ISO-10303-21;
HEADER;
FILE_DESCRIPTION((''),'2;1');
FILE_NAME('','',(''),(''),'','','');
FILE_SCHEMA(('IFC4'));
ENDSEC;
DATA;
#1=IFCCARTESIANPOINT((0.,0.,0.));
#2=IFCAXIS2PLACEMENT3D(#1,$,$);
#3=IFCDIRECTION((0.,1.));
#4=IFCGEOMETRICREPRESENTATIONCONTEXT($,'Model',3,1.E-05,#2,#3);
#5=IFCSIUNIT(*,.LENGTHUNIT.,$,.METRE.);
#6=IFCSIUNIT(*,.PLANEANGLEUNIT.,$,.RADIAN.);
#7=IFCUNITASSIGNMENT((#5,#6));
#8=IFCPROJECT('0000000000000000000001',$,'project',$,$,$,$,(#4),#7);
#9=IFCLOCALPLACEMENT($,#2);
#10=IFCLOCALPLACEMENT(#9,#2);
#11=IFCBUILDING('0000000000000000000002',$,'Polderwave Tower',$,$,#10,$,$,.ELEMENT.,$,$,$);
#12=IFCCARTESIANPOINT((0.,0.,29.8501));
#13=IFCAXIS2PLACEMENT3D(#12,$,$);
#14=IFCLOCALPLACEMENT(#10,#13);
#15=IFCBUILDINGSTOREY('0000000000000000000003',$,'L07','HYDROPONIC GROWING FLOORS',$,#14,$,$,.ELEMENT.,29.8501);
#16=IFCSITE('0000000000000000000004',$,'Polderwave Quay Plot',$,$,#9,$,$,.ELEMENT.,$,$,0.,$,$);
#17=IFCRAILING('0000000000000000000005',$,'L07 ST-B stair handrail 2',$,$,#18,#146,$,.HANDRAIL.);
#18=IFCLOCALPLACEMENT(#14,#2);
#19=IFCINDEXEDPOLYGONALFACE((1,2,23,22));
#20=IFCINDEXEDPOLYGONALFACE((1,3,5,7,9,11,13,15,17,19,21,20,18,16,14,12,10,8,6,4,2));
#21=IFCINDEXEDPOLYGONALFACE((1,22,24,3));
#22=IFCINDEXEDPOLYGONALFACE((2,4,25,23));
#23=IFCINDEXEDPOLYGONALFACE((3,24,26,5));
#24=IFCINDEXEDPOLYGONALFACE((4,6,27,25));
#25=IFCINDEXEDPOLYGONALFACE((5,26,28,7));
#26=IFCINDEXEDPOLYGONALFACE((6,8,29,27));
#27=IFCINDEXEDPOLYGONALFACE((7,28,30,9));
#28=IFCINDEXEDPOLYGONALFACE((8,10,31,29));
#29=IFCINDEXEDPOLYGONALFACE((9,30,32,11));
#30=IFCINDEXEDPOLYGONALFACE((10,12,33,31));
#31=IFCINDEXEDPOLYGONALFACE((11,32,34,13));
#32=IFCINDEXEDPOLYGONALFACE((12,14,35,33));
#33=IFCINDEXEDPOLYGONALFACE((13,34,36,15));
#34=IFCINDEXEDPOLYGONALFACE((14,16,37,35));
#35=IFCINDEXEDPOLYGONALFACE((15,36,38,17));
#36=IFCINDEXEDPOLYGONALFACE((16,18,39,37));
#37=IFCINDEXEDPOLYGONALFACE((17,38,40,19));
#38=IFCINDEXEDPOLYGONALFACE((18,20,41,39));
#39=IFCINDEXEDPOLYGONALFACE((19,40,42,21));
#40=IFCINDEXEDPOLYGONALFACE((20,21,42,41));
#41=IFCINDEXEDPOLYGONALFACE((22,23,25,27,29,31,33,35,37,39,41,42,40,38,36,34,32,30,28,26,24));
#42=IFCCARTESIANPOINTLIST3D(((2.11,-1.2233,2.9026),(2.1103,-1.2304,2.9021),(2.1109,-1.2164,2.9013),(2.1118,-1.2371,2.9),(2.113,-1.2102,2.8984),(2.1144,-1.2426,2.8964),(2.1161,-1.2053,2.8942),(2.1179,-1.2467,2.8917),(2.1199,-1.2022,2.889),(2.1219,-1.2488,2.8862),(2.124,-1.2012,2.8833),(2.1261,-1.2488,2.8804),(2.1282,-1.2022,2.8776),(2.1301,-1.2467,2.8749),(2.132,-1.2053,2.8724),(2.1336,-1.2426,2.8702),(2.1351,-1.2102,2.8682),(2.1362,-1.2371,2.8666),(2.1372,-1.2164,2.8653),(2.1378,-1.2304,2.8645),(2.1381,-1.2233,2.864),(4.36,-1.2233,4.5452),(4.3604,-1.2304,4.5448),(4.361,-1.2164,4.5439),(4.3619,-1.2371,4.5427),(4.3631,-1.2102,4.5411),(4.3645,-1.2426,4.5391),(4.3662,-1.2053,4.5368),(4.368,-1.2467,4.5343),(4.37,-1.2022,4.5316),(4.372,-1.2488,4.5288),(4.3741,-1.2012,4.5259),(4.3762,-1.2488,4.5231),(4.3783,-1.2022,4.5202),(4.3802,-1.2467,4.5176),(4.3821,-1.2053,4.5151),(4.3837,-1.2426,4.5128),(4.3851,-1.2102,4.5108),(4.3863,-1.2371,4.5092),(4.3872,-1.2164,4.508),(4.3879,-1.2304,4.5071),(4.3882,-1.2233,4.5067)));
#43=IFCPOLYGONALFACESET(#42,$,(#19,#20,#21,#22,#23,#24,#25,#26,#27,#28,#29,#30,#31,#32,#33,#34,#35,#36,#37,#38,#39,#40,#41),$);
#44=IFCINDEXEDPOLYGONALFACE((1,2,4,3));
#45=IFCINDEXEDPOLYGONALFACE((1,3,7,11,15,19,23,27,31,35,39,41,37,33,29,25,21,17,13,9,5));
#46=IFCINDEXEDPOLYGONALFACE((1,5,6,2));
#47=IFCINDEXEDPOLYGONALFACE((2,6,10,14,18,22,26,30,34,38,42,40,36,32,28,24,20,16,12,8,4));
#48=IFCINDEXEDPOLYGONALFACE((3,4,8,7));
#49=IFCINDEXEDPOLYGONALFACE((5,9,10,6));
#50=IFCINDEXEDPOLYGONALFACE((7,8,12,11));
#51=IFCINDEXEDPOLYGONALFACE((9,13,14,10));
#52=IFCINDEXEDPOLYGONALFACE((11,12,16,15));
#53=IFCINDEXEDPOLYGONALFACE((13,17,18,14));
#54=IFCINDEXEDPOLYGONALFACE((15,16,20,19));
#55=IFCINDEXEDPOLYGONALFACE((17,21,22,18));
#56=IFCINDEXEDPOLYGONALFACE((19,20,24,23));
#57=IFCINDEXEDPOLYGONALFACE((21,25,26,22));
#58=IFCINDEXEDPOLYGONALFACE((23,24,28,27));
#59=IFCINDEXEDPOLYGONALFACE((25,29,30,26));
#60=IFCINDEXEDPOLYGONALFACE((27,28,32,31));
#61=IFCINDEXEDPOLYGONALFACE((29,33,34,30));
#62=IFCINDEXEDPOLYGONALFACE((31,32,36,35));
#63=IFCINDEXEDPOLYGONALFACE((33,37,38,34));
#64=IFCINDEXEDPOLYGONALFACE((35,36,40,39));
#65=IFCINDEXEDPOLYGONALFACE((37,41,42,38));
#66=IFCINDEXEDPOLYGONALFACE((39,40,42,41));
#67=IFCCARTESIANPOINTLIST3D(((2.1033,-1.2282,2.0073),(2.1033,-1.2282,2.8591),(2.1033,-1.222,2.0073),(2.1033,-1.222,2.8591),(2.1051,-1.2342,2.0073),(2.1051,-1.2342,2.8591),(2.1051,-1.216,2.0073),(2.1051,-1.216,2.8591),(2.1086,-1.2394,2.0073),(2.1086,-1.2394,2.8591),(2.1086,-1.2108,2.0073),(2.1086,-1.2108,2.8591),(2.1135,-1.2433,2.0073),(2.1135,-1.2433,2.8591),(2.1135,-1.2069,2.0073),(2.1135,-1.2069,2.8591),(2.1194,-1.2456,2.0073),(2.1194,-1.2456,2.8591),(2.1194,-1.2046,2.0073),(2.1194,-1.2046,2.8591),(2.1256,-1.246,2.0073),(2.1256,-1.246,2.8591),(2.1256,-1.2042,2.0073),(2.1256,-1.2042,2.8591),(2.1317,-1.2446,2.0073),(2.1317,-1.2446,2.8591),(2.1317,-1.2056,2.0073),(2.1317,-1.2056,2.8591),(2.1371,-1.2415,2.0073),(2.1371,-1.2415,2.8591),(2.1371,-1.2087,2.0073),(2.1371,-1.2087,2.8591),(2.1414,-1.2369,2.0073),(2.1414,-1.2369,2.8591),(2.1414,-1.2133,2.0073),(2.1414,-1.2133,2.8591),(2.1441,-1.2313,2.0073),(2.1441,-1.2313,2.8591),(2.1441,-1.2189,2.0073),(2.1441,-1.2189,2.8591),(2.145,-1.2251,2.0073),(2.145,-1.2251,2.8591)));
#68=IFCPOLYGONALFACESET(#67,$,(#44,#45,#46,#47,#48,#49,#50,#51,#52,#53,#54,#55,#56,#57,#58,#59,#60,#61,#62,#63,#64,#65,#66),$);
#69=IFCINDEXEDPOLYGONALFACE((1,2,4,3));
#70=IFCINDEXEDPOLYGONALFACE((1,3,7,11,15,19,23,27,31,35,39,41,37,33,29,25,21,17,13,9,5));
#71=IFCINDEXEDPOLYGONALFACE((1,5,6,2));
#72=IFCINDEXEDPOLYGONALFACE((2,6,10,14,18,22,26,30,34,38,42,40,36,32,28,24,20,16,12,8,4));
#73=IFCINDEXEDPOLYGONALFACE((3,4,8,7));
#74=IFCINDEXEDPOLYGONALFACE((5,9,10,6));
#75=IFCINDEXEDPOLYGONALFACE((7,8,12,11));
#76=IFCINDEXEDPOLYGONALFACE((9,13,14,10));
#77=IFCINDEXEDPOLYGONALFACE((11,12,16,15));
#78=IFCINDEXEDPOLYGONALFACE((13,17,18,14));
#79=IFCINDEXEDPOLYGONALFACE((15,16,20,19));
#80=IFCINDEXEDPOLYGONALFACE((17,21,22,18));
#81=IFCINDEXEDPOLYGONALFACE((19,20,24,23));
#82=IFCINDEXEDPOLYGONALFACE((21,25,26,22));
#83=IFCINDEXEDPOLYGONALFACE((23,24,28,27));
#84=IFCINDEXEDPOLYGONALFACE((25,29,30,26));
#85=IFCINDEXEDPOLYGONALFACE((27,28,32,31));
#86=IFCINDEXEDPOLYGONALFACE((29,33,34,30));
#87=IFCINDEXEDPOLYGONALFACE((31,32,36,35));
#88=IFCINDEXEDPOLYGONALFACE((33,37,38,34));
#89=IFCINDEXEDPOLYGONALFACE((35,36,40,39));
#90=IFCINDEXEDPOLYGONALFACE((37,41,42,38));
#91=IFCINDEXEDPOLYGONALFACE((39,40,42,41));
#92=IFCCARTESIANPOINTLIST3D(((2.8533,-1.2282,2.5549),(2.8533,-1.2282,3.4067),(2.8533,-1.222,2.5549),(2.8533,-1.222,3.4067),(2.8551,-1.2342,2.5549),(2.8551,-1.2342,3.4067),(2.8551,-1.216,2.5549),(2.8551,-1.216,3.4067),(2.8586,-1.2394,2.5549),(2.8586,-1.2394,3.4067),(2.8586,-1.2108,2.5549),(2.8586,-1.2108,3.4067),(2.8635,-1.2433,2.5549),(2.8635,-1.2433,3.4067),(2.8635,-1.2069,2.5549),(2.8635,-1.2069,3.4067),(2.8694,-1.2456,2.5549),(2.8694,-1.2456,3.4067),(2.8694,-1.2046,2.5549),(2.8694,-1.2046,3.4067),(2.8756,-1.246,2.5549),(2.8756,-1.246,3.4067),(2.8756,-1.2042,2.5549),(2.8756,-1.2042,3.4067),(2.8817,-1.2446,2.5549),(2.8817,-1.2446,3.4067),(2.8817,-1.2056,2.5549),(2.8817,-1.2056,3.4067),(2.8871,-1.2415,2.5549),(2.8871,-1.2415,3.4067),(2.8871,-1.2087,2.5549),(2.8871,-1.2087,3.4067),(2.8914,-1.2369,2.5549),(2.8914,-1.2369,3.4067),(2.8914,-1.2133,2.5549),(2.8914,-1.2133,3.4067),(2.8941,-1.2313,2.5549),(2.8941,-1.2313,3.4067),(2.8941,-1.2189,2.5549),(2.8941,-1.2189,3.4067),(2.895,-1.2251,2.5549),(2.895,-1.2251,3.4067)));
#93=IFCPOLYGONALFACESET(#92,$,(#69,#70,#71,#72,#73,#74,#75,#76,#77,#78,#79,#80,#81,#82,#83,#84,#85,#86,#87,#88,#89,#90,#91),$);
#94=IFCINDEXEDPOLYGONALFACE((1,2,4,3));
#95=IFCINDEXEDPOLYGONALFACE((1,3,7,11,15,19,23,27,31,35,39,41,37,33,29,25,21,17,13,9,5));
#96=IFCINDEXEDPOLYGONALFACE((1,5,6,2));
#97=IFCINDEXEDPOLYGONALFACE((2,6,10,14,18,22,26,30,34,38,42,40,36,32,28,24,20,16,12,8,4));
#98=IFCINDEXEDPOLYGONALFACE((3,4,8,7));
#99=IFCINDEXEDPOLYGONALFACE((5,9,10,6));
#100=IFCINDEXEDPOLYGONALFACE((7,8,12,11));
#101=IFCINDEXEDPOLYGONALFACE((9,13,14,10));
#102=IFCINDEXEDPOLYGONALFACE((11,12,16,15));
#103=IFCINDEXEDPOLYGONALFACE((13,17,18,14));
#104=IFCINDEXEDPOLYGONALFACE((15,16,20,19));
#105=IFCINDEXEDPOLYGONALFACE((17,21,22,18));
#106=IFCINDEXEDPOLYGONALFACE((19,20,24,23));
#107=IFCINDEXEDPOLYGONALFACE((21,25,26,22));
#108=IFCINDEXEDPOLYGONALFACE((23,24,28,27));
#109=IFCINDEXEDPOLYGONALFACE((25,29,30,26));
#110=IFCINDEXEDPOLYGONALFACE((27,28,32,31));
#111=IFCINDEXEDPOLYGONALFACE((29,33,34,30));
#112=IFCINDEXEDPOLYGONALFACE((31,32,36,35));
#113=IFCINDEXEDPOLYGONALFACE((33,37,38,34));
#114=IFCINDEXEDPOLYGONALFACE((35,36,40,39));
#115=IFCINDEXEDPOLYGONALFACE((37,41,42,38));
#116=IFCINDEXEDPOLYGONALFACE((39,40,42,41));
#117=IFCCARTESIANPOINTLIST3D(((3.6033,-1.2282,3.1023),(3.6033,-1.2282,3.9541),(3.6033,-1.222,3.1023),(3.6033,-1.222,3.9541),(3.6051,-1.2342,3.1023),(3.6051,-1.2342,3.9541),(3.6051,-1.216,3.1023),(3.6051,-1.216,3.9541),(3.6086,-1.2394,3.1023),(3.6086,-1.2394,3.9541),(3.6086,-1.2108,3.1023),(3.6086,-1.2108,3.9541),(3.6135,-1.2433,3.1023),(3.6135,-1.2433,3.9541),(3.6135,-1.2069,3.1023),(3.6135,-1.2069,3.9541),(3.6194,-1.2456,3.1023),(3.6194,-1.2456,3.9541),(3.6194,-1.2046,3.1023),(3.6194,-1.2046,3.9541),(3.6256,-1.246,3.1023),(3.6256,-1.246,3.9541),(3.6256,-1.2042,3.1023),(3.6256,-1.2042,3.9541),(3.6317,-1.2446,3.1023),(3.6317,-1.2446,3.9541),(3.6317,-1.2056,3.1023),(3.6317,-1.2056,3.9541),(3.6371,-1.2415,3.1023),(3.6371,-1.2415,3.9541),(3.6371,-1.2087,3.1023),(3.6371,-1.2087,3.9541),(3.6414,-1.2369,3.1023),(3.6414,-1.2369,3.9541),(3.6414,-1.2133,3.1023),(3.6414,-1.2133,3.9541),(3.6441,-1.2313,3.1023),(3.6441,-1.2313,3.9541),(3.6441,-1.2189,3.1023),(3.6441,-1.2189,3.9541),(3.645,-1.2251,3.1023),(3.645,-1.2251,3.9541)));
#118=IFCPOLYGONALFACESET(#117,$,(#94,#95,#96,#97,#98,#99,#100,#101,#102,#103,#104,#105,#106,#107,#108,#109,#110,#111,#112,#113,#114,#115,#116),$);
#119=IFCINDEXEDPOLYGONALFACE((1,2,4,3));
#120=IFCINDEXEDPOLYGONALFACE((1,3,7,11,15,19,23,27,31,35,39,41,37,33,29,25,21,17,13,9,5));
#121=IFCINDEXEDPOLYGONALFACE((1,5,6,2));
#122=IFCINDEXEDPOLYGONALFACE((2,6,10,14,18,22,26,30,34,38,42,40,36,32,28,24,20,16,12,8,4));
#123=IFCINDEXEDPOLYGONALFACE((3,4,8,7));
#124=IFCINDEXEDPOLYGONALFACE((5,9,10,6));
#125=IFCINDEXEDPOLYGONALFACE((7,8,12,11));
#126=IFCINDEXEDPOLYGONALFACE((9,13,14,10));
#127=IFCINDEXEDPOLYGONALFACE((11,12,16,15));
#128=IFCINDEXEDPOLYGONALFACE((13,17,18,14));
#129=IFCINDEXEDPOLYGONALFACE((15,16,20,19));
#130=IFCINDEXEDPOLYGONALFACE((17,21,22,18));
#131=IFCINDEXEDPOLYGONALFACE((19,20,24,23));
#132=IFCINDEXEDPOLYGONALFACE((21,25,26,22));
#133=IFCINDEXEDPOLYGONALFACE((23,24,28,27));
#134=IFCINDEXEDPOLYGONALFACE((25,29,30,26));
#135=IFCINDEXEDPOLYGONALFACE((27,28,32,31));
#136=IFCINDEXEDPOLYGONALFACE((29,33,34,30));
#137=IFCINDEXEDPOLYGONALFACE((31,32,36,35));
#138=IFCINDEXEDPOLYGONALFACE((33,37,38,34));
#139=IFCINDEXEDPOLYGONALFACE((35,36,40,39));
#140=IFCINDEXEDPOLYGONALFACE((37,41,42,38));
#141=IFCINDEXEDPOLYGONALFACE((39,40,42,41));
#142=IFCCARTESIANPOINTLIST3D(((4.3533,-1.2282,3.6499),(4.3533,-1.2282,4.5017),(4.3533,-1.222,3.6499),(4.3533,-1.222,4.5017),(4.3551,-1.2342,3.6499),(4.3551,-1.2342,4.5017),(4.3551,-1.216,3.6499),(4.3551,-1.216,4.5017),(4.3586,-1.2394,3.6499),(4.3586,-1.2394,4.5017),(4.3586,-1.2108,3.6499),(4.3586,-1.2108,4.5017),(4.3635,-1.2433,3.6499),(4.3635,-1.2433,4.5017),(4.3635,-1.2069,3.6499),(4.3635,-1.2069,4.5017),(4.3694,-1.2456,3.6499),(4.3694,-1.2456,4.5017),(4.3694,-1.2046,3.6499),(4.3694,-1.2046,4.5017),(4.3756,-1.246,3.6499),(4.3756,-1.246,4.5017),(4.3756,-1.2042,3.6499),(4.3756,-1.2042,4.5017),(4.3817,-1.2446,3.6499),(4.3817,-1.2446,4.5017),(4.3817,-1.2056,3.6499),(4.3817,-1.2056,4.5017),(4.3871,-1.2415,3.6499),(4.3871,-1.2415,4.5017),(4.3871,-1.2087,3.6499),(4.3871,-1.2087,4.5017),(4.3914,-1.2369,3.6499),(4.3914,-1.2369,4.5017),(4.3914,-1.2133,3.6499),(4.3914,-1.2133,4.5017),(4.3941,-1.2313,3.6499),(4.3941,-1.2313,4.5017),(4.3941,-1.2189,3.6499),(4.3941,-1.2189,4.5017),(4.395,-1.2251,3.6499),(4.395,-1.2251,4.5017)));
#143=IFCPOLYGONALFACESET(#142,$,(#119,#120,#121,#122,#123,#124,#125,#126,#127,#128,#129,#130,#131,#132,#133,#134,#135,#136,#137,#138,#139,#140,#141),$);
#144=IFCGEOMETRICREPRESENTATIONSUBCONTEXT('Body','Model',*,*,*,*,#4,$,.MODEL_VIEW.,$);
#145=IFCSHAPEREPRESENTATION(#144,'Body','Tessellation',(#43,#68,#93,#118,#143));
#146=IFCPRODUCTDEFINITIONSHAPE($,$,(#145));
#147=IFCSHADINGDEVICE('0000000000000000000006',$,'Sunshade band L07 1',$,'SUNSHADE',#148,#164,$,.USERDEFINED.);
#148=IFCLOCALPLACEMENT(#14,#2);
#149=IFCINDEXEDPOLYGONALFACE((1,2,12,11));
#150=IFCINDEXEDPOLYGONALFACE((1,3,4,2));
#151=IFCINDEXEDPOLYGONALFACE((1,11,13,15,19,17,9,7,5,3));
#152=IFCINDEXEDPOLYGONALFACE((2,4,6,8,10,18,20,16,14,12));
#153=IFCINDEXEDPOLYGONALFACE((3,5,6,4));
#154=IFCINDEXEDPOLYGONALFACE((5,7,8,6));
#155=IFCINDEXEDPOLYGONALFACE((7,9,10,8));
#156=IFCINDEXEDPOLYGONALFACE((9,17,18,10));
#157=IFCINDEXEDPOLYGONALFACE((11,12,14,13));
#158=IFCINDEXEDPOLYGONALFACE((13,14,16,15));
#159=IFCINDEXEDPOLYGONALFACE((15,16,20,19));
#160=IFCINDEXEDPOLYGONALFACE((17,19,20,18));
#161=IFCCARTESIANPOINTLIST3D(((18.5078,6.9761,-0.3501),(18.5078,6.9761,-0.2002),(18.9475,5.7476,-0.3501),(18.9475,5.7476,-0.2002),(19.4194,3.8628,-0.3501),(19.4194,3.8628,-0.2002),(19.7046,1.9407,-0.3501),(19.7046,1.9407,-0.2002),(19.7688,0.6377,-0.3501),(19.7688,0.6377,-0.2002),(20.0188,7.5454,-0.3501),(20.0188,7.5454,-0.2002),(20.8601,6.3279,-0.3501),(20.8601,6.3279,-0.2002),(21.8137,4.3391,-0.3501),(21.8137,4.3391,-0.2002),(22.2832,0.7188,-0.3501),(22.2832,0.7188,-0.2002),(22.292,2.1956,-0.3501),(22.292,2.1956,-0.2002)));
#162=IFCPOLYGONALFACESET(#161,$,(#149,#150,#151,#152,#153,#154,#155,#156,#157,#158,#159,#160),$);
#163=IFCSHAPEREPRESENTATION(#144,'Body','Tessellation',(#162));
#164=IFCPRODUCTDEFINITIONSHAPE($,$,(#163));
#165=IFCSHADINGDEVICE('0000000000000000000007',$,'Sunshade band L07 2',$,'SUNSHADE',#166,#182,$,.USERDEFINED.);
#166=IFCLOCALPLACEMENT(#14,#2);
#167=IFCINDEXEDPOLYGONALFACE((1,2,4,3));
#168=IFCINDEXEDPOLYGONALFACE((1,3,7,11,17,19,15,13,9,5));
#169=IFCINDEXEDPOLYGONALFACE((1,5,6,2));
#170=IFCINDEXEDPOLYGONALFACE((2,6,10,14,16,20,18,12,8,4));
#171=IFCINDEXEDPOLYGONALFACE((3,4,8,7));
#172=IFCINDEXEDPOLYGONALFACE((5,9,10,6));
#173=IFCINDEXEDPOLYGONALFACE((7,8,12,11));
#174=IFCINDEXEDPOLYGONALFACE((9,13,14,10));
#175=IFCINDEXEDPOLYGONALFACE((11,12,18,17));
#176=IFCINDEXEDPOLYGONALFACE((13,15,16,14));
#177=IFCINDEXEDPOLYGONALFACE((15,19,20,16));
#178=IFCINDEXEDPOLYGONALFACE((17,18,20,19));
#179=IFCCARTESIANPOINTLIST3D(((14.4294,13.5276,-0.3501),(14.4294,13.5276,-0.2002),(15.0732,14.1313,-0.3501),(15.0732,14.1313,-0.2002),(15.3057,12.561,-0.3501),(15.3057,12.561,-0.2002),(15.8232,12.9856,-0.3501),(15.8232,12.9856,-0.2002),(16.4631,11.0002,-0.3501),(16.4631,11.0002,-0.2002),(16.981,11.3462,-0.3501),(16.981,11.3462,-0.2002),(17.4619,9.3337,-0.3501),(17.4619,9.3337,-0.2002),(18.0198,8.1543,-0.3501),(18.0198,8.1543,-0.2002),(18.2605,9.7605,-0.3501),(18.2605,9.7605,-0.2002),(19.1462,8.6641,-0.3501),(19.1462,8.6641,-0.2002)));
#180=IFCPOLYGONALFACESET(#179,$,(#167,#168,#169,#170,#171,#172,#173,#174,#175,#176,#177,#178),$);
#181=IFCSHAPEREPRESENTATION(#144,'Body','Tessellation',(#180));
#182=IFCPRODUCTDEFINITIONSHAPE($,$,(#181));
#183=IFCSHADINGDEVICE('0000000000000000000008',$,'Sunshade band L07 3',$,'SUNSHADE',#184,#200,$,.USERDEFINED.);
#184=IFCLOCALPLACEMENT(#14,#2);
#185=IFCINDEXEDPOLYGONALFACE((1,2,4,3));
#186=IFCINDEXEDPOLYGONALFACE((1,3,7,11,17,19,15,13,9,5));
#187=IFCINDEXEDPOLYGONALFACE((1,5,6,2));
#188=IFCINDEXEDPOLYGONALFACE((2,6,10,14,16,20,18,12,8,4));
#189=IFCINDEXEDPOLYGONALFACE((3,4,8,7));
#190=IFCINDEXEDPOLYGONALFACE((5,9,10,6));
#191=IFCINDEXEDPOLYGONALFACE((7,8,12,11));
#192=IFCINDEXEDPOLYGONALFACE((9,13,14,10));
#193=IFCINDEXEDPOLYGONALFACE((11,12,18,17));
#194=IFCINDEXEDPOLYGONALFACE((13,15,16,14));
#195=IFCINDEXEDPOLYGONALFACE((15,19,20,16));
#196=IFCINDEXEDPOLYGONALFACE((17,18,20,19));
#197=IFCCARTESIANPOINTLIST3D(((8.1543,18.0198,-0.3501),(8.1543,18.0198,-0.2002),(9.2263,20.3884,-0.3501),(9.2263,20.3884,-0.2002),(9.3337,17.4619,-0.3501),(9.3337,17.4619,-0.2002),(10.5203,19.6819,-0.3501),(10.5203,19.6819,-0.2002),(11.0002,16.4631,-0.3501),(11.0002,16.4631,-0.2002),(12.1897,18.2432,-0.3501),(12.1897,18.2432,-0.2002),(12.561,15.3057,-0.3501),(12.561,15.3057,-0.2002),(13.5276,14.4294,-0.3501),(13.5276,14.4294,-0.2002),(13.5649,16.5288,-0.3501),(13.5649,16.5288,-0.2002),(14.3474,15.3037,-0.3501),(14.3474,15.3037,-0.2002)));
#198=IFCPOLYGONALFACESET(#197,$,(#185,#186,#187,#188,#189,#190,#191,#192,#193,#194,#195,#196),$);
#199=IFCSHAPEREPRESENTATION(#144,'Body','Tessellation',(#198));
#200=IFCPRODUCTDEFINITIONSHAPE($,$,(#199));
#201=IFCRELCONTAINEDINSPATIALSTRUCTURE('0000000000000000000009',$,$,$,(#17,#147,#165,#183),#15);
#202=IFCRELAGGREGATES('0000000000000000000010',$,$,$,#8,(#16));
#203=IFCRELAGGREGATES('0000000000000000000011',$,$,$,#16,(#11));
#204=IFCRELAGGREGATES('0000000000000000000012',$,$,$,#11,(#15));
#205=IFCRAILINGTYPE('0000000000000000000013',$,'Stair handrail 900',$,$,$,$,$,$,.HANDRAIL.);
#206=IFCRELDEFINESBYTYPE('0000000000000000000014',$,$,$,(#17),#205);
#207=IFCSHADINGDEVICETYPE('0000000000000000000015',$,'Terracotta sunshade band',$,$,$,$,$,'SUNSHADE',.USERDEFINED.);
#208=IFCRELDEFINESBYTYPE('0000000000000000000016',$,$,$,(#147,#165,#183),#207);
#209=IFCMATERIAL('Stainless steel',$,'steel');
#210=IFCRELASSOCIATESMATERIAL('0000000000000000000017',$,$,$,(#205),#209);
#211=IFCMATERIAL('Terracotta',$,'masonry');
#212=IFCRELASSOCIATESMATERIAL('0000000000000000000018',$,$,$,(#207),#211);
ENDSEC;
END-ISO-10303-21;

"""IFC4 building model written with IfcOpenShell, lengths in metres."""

from ifc_helpers import new_model, si_unit, direction, frame, origin, origin_2d, place, context, subcontext, project, spatial, polyline, circle, outline, extrude, material, type_object, element, save


model = new_model("IFC4")

# Units and contexts
model_context = context("Model", 3, precision=1e-05, world=origin(), true_north=direction((0.0, 1.0)))
body_context = subcontext(model_context, "Body", "Model", "MODEL_VIEW")
ifc_project = project(units=[si_unit("LENGTHUNIT", "METRE"), si_unit("PLANEANGLEUNIT", "RADIAN")], contexts=[model_context])

# Site, building, storey
site_placement = place(None, origin())
site = spatial("IfcSite", under=ifc_project, at=site_placement, Name="Polderwave Quay Plot", CompositionType="ELEMENT", RefElevation=0.0)
building_placement = place(site_placement, origin())
building = spatial("IfcBuilding", under=site, at=building_placement, Name="Polderwave Tower", CompositionType="ELEMENT")
storey_placement = place(building_placement, frame((0.0, 0.0, 29.8501)))
storey = spatial("IfcBuildingStorey", under=building, at=storey_placement, Name="L07", Description="HYDROPONIC GROWING FLOORS", CompositionType="ELEMENT", Elevation=29.8501)

# Railing
ifc_material_1 = material(Name="Stainless steel", Category="steel")
railing_type_1 = type_object("IfcRailingType", Name="Stair handrail 900", PredefinedType="HANDRAIL", material=ifc_material_1)
railing_1_placement = place(storey_placement, frame((2.124, -1.2251, 2.0073)))
element("IfcRailing", 1, at=railing_1_placement, inside=storey, type_object=railing_type_1, Name="L07 ST-B stair handrail 2", PredefinedType="HANDRAIL", context=body_context, shape_type="SweptSolid", body=[
    extrude(circle(Radius=0.0239, at=origin_2d()), frame((0.0, 0.0, 0.876), z_axis=(0.807674, 0.0, 0.58963), x_axis=(0.0, 1.0, 0.0)), (0.0, 0.0, 1.0), 2.7859),
    extrude(circle(Radius=0.021, at=origin_2d()), origin(), (0.0, 0.0, 1.0), 0.8518),
    extrude(circle(Radius=0.021, at=origin_2d()), frame((0.75, 0.0, 0.5476)), (0.0, 0.0, 1.0), 0.8518),
    extrude(circle(Radius=0.021, at=origin_2d()), frame((1.5, 0.0, 1.095)), (0.0, 0.0, 1.0), 0.8518),
    extrude(circle(Radius=0.021, at=origin_2d()), frame((2.25, 0.0, 1.6426)), (0.0, 0.0, 1.0), 0.8518),
])

# Shading devices
ifc_material_2 = material(Name="Terracotta", Category="masonry")
shading_device_type = type_object("IfcShadingDeviceType", Name="Terracotta sunshade band", ElementType="SUNSHADE", PredefinedType="USERDEFINED", material=ifc_material_2)
shading_device_1_placement = place(storey_placement, frame((0.0, 0.0, -0.3501)))
element("IfcShadingDevice", 2, at=shading_device_1_placement, inside=storey, type_object=shading_device_type, Name="Sunshade band L07 1", ObjectType="SUNSHADE", PredefinedType="USERDEFINED", context=body_context, shape_type="SweptSolid", body=[
    extrude(outline(polyline([(19.7688, 0.6377), (19.7046, 1.9407), (19.4194, 3.8628), (18.9475, 5.7476), (18.5078, 6.9761), (20.0188, 7.5454), (20.8601, 6.3279), (21.8137, 4.3391), (22.292, 2.1956), (22.2832, 0.7188), (19.7688, 0.6377)])), origin(), (0.0, 0.0, 1.0), 0.1499),
])
shading_device_2_placement = place(storey_placement, frame((0.0, 0.0, -0.3501)))
element("IfcShadingDevice", 3, at=shading_device_2_placement, inside=storey, type_object=shading_device_type, Name="Sunshade band L07 2", ObjectType="SUNSHADE", PredefinedType="USERDEFINED", context=body_context, shape_type="SweptSolid", body=[
    extrude(outline(polyline([(18.0198, 8.1543), (17.4619, 9.3337), (16.4631, 11.0002), (15.3057, 12.561), (14.4294, 13.5276), (15.0732, 14.1313), (15.8232, 12.9856), (16.981, 11.3462), (18.2605, 9.7605), (19.1462, 8.6641), (18.0198, 8.1543)])), origin(), (0.0, 0.0, 1.0), 0.1499),
])
shading_device_3_placement = place(storey_placement, frame((0.0, 0.0, -0.3501)))
element("IfcShadingDevice", 4, at=shading_device_3_placement, inside=storey, type_object=shading_device_type, Name="Sunshade band L07 3", ObjectType="SUNSHADE", PredefinedType="USERDEFINED", context=body_context, shape_type="SweptSolid", body=[
    extrude(outline(polyline([(13.5276, 14.4294), (12.561, 15.3057), (11.0002, 16.4631), (9.3337, 17.4619), (8.1543, 18.0198), (9.2263, 20.3884), (10.5203, 19.6819), (12.1897, 18.2432), (13.5649, 16.5288), (14.3474, 15.3037), (13.5276, 14.4294)])), origin(), (0.0, 0.0, 1.0), 0.1499),
])

save(model, "model.ifc")
